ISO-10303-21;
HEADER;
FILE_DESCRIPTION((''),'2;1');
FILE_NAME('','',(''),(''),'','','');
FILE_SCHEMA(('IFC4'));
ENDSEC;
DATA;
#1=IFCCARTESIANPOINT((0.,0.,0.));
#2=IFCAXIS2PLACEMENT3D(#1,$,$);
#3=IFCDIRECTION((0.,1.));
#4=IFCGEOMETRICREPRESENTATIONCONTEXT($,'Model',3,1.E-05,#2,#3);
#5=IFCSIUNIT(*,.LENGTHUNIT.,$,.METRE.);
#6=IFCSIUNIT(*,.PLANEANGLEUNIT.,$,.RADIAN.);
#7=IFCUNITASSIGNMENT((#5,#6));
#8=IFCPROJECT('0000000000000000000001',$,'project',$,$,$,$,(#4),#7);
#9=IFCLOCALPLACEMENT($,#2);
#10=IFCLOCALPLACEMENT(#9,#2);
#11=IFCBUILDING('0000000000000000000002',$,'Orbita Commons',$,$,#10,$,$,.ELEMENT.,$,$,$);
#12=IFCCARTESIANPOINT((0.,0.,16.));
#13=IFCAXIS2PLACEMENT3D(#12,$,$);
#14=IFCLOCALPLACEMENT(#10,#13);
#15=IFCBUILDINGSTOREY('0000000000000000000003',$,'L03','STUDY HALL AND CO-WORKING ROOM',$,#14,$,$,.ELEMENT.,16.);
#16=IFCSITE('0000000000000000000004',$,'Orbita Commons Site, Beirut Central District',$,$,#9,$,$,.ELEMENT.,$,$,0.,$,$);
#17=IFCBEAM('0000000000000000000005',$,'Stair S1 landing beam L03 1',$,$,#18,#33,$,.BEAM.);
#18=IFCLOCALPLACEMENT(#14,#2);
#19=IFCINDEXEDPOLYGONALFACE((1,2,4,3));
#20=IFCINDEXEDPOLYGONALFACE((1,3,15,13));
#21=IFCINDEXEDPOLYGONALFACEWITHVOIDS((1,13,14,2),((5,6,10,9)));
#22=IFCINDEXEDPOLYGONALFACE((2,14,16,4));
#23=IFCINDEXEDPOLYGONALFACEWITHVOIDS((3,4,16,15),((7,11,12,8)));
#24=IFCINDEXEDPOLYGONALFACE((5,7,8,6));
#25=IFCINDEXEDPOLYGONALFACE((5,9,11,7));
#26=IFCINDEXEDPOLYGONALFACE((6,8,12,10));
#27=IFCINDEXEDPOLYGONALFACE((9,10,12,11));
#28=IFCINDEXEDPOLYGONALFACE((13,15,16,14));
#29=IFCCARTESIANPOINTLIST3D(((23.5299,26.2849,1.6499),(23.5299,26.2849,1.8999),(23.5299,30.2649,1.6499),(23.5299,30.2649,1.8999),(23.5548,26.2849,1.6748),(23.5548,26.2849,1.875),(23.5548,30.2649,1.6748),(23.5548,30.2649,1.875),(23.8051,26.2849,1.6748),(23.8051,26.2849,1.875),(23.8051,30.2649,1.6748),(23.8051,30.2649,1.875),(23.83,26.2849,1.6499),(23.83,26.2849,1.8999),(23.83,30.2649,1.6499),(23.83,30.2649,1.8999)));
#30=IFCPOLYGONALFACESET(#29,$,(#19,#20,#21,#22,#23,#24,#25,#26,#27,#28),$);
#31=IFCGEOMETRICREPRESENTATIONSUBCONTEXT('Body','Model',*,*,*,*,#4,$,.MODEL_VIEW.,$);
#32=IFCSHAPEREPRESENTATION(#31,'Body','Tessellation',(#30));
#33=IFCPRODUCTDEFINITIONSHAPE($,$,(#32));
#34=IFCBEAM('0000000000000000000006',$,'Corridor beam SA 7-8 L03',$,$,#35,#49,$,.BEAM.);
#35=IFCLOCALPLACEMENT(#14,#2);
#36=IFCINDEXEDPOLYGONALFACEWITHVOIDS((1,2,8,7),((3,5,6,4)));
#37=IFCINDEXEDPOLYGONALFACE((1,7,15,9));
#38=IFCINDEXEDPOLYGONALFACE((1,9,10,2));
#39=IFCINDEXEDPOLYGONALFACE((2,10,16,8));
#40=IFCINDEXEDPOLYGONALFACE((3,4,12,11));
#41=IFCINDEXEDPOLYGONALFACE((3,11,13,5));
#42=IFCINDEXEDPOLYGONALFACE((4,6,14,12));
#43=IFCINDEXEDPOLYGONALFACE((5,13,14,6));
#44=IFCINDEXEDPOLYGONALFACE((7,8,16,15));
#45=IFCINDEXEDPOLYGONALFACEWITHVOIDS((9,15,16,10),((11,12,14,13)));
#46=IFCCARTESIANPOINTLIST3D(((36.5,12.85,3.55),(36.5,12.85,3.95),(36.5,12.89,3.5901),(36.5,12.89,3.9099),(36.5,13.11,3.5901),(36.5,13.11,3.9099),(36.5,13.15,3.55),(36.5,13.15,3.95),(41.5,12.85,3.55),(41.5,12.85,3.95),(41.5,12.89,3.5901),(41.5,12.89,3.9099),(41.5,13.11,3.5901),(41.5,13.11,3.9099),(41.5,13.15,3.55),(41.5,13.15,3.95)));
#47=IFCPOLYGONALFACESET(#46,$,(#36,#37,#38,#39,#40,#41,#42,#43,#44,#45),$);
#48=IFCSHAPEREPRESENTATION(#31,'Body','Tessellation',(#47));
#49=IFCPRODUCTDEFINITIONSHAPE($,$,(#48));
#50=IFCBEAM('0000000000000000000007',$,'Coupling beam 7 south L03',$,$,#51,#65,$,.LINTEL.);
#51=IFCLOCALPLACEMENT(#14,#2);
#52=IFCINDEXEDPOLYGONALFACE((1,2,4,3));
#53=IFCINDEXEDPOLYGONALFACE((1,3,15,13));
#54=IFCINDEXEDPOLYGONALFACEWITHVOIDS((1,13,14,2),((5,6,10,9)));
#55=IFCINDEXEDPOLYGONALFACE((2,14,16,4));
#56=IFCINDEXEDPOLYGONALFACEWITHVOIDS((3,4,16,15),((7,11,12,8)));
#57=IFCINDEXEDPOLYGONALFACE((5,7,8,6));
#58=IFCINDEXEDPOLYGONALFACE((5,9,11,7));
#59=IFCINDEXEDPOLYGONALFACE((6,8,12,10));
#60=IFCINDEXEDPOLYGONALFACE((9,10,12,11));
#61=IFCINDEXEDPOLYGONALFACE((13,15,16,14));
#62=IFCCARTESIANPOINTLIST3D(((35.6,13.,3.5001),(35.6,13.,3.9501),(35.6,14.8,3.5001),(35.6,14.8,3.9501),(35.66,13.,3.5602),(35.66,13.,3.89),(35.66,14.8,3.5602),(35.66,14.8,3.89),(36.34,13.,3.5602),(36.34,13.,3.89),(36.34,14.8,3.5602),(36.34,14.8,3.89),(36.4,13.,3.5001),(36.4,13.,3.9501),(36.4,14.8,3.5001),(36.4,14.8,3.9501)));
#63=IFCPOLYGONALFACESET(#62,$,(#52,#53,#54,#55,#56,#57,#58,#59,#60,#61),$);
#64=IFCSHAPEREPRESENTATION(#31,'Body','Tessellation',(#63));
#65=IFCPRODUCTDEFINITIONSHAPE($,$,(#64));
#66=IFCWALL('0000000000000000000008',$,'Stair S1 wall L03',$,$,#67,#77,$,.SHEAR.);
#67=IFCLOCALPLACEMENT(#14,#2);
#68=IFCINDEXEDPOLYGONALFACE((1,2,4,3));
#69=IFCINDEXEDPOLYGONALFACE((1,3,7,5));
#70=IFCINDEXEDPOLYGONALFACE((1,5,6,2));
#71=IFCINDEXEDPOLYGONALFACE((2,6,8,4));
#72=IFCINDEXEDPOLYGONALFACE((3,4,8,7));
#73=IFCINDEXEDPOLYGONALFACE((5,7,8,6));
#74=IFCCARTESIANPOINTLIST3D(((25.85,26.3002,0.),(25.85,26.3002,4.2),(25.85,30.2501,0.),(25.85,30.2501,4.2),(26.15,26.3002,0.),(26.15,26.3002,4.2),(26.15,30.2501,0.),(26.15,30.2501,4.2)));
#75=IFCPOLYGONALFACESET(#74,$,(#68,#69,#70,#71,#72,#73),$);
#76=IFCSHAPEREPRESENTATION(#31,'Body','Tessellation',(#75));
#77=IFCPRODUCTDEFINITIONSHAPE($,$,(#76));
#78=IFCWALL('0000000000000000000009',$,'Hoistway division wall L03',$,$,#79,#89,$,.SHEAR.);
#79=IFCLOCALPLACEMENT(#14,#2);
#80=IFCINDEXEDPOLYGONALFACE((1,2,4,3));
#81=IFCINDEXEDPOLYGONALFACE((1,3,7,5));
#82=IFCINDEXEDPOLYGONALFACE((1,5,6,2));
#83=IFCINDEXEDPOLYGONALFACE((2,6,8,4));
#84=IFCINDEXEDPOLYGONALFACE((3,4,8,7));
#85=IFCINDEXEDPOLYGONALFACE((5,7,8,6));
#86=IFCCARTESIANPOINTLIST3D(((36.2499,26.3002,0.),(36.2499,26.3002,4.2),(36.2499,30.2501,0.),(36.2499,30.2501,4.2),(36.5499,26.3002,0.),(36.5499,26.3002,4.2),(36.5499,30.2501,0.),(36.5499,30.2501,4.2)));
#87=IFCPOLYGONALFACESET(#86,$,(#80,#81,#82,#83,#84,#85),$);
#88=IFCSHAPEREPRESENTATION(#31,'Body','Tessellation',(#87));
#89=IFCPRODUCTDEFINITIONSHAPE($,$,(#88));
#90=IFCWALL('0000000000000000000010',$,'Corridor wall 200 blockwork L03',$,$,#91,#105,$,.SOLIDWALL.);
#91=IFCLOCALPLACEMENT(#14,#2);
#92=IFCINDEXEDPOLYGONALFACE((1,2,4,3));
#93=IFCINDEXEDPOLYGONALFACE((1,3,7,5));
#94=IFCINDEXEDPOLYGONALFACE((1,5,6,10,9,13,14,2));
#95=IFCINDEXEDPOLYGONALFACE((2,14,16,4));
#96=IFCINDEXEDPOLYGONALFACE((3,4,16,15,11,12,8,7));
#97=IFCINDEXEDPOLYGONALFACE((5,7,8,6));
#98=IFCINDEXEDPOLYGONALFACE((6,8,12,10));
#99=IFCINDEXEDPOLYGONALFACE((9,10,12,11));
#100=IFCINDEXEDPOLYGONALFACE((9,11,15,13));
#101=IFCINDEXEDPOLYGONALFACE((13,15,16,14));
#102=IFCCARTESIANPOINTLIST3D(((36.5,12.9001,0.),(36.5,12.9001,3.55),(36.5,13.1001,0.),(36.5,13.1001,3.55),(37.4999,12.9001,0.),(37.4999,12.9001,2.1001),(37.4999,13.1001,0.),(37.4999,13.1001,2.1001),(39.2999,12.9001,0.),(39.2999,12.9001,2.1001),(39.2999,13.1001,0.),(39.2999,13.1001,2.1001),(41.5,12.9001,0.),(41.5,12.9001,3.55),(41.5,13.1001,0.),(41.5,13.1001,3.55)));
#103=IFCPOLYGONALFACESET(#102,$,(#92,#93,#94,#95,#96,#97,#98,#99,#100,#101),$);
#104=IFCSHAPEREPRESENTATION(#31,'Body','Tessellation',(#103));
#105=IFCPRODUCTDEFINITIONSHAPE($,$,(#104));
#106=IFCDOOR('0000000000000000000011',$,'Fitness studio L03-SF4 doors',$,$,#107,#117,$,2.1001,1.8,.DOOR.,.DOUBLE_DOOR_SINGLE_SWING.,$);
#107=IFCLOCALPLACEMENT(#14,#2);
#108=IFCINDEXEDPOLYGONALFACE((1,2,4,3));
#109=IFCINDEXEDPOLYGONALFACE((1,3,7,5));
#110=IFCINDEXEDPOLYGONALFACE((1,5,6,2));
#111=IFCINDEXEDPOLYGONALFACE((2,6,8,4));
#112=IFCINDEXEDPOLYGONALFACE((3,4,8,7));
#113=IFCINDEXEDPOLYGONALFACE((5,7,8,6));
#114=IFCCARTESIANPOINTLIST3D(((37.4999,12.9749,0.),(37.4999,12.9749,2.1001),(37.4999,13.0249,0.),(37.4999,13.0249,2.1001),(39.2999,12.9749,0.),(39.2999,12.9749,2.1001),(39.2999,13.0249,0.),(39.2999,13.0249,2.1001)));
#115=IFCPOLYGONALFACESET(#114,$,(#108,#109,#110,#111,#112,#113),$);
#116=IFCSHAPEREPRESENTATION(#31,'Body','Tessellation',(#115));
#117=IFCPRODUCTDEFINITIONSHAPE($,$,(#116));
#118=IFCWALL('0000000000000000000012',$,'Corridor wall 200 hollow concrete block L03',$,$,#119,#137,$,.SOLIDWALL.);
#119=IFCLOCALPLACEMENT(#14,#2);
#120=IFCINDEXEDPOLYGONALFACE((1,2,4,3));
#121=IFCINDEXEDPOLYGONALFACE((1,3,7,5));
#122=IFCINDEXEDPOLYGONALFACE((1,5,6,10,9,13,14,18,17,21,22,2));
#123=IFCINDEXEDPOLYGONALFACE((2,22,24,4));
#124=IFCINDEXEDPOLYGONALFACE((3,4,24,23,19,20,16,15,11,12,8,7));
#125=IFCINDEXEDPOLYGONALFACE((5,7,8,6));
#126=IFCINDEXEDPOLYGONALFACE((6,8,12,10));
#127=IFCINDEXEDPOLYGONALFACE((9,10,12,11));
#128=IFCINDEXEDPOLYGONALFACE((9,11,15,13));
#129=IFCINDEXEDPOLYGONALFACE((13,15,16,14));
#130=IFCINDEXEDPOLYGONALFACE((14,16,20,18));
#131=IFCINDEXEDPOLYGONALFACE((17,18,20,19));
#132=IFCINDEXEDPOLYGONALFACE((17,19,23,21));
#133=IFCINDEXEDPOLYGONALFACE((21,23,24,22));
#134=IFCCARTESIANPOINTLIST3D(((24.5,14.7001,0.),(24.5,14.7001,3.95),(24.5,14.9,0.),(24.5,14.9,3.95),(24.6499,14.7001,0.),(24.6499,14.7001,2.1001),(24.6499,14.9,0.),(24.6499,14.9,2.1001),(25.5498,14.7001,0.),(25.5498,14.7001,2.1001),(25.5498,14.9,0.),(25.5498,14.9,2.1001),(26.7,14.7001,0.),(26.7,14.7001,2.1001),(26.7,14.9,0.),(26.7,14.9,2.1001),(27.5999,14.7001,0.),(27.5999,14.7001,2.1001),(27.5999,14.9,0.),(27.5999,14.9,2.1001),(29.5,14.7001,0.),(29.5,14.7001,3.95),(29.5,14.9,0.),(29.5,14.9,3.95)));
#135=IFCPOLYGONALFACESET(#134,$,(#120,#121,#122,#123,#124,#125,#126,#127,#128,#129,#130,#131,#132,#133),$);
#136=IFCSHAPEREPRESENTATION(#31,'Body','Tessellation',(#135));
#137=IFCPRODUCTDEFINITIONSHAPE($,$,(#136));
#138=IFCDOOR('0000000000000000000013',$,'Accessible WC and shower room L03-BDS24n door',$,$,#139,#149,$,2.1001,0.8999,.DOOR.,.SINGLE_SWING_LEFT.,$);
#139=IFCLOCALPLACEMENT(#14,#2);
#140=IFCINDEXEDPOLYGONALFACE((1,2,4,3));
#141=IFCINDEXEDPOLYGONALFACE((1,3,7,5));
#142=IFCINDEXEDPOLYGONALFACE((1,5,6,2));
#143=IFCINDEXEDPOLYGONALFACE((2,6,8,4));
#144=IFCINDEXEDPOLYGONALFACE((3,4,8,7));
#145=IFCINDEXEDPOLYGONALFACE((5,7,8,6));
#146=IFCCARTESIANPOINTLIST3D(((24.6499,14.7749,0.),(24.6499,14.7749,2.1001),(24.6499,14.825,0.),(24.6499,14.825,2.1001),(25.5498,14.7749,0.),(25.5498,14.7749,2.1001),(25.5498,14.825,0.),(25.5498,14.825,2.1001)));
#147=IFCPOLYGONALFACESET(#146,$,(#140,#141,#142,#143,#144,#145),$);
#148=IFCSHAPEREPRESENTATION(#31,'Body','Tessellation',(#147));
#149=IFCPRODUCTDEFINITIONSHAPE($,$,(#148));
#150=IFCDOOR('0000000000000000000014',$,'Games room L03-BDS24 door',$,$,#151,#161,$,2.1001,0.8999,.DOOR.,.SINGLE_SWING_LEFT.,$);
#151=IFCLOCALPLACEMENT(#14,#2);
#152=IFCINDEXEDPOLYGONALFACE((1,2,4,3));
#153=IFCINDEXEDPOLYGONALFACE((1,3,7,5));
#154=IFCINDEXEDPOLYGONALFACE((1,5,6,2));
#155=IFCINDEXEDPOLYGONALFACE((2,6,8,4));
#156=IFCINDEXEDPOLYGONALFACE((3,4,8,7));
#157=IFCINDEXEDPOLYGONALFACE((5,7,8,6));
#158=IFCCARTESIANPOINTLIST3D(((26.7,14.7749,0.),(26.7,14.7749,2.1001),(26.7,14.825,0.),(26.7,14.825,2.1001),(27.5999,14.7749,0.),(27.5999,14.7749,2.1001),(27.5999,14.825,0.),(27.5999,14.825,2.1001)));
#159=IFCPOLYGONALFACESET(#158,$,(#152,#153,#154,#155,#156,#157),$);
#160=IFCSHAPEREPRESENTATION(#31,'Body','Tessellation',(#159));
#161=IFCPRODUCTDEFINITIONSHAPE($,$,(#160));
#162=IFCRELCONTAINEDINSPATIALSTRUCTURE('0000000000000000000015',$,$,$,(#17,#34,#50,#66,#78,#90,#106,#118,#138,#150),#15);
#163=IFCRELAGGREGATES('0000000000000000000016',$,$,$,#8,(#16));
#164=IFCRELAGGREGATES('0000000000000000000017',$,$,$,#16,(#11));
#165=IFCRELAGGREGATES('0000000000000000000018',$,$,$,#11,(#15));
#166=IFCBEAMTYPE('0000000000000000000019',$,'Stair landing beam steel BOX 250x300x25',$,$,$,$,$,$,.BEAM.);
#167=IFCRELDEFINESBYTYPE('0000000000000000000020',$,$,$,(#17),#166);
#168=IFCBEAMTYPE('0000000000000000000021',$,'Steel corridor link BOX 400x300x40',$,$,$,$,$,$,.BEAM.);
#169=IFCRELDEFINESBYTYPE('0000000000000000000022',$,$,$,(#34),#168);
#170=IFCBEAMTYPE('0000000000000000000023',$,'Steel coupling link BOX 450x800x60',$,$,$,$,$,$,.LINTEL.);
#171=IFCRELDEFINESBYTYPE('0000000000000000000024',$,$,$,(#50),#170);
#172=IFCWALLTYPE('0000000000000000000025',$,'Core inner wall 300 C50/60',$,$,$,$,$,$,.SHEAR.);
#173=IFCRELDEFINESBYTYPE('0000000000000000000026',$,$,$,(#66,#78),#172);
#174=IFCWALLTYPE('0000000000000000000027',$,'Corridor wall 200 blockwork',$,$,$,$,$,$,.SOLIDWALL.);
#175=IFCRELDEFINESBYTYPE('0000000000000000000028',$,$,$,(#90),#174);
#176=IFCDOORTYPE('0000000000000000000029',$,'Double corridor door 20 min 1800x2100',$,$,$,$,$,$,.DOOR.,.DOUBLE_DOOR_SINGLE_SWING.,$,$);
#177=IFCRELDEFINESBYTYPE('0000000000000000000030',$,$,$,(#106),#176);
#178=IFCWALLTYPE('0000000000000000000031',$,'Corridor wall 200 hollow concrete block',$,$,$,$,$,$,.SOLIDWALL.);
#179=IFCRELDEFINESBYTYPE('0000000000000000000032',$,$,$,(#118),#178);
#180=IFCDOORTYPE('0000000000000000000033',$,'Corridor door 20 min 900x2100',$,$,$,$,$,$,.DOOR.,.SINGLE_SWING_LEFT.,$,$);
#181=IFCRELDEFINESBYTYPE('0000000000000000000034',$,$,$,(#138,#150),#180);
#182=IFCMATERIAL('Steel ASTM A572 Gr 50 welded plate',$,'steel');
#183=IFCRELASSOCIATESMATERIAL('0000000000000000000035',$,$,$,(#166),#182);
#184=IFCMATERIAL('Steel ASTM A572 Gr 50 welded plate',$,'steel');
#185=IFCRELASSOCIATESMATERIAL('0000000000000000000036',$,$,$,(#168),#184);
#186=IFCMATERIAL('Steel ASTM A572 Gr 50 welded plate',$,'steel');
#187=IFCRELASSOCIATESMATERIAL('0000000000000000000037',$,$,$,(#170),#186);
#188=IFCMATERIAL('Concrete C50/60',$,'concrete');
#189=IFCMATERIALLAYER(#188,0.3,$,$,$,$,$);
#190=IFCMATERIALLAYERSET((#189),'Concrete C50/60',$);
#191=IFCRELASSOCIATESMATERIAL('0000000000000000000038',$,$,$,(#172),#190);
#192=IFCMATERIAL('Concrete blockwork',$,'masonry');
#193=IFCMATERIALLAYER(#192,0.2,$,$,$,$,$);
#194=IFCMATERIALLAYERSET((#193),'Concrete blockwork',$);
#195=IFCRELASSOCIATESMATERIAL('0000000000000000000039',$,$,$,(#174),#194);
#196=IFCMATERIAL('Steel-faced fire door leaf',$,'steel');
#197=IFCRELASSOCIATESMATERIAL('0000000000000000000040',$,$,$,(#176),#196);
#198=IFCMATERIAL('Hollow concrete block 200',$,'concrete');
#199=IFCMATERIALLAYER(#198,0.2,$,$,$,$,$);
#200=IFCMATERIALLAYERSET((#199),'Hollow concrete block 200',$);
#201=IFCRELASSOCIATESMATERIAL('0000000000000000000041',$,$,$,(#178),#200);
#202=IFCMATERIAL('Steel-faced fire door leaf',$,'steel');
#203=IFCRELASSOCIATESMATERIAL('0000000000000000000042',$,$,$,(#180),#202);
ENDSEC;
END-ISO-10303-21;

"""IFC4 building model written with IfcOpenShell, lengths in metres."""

from ifc_helpers import new_model, si_unit, direction, frame, frame_2d, origin, origin_2d, place, context, subcontext, project, spatial, polyline, rectangle, hollow_rectangle, outline, extrude, material, layer, layer_set, material_profile, profile_set, type_object, element, fill, save


model = new_model("IFC4")

# Units and contexts
model_context = context("Model", 3, precision=1e-05, world=origin(), true_north=direction((0.0, 1.0)))
body_context = subcontext(model_context, "Body", "Model", "MODEL_VIEW")
ifc_project = project(units=[si_unit("LENGTHUNIT", "METRE"), si_unit("PLANEANGLEUNIT", "RADIAN")], contexts=[model_context])

# Site, building, storey
site_placement = place(None, origin())
site = spatial("IfcSite", under=ifc_project, at=site_placement, Name="Orbita Commons Site, Beirut Central District", CompositionType="ELEMENT", RefElevation=0.0)
building_placement = place(site_placement, origin())
building = spatial("IfcBuilding", under=site, at=building_placement, Name="Orbita Commons", CompositionType="ELEMENT")
storey_placement = place(building_placement, frame((0.0, 0.0, 16.0)))
storey = spatial("IfcBuildingStorey", under=building, at=storey_placement, Name="L03", Description="STUDY HALL AND CO-WORKING ROOM", CompositionType="ELEMENT", Elevation=16.0)

# Beams
ifc_material_1 = material(Name="Steel ASTM A572 Gr 50 welded plate", Category="steel")
ifc_material_profile_1 = material_profile(ifc_material_1, hollow_rectangle(XDim=0.3, YDim=0.25, WallThickness=0.0249, at=origin_2d()), Name="BOX 250x300x25")
ifc_profile_set_1 = profile_set([ifc_material_profile_1], Name="Steel ASTM A572 Gr 50 welded plate")
beam_type_1 = type_object("IfcBeamType", Name="Stair landing beam steel BOX 250x300x25", PredefinedType="BEAM", material=ifc_profile_set_1)
beam_1_placement = place(storey_placement, frame((23.6799, 26.2849, 1.7749), z_axis=(0.0, 1.0, 0.0), x_axis=(-1.0, 0.0, 0.0)))
element("IfcBeam", 1, at=beam_1_placement, inside=storey, type_object=beam_type_1, Name="Stair S1 landing beam L03 1", PredefinedType="BEAM", context=body_context, shape_type="SweptSolid", body=[
    extrude(hollow_rectangle(XDim=0.3, YDim=0.25, WallThickness=0.0249, at=origin_2d()), origin(), (0.0, 0.0, 1.0), 3.98),
])
ifc_material_2 = material(Name="Steel ASTM A572 Gr 50 welded plate", Category="steel")
ifc_material_profile_2 = material_profile(ifc_material_2, hollow_rectangle(XDim=0.3, YDim=0.3999, WallThickness=0.04, at=origin_2d()), Name="BOX 400x300x40")
ifc_profile_set_2 = profile_set([ifc_material_profile_2], Name="Steel ASTM A572 Gr 50 welded plate")
beam_type_2 = type_object("IfcBeamType", Name="Steel corridor link BOX 400x300x40", PredefinedType="BEAM", material=ifc_profile_set_2)
beam_2_placement = place(storey_placement, frame((36.5, 13.0, 3.75), z_axis=(1.0, 0.0, 0.0), x_axis=(0.0, 1.0, 0.0)))
element("IfcBeam", 2, at=beam_2_placement, inside=storey, type_object=beam_type_2, Name="Corridor beam SA 7-8 L03", PredefinedType="BEAM", context=body_context, shape_type="SweptSolid", body=[
    extrude(hollow_rectangle(XDim=0.3, YDim=0.3999, WallThickness=0.04, at=origin_2d()), origin(), (0.0, 0.0, 1.0), 5.0),
])
ifc_material_3 = material(Name="Steel ASTM A572 Gr 50 welded plate", Category="steel")
ifc_material_profile_3 = material_profile(ifc_material_3, hollow_rectangle(XDim=0.8, YDim=0.45, WallThickness=0.0601, at=origin_2d()), Name="BOX 450x800x60")
ifc_profile_set_3 = profile_set([ifc_material_profile_3], Name="Steel ASTM A572 Gr 50 welded plate")
beam_type_3 = type_object("IfcBeamType", Name="Steel coupling link BOX 450x800x60", PredefinedType="LINTEL", material=ifc_profile_set_3)
beam_3_placement = place(storey_placement, frame((36.0, 13.0, 3.7251), z_axis=(0.0, 1.0, 0.0), x_axis=(-1.0, 0.0, 0.0)))
element("IfcBeam", 3, at=beam_3_placement, inside=storey, type_object=beam_type_3, Name="Coupling beam 7 south L03", PredefinedType="LINTEL", context=body_context, shape_type="SweptSolid", body=[
    extrude(hollow_rectangle(XDim=0.8, YDim=0.45, WallThickness=0.0601, at=origin_2d()), origin(), (0.0, 0.0, 1.0), 1.8),
])

# Walls
ifc_material_4 = material(Name="Concrete C50/60", Category="concrete")
ifc_layer_1 = layer(ifc_material_4, 0.3)
ifc_layer_set_1 = layer_set([ifc_layer_1], Name="Concrete C50/60")
wall_type_1 = type_object("IfcWallType", Name="Core inner wall 300 C50/60", PredefinedType="SHEAR", material=ifc_layer_set_1)
for number, where, z_axis, x_axis, name in (
    (4, (26.0, 26.3, 0.0), (0.0, 0.0, 1.0), (0.0, 1.0, 0.0), "Stair S1 wall L03"),
    (5, (36.3999, 26.3, 0.0), (0.0, 0.0, 1.0), (0.0, 1.0, 0.0), "Hoistway division wall L03"),
):
    element("IfcWall", number, at=place(storey_placement, frame(where, z_axis=z_axis, x_axis=x_axis)), inside=storey, type_object=wall_type_1, Name=name, PredefinedType="SHEAR", context=body_context, shape_type="SweptSolid", body=[
        extrude(rectangle(XDim=3.95, YDim=0.3, at=frame_2d((1.9751, 0.0))), origin(), (0.0, 0.0, 1.0), 4.2),
    ])

# Wall, opening, door
ifc_material_5 = material(Name="Concrete blockwork", Category="masonry")
ifc_layer_2 = layer(ifc_material_5, 0.2)
ifc_layer_set_2 = layer_set([ifc_layer_2], Name="Concrete blockwork")
wall_type_2 = type_object("IfcWallType", Name="Corridor wall 200 blockwork", PredefinedType="SOLIDWALL", material=ifc_layer_set_2)
wall_1_placement = place(storey_placement, frame((36.5, 13.0, 0.0), z_axis=(0.0, 0.0, 1.0), x_axis=(1.0, 0.0, 0.0)))
wall_1 = element("IfcWall", 6, at=wall_1_placement, inside=storey, type_object=wall_type_2, Name="Corridor wall 200 blockwork L03", PredefinedType="SOLIDWALL", context=body_context, shape_type="SweptSolid", body=[
    extrude(outline(polyline([(0.0, 0.0), (5.0, 0.0), (5.0, 3.55), (0.0, 3.55), (0.0, 0.0)])), frame((0.0, 0.1001, 0.0), z_axis=(0.0, -1.0, 0.0), x_axis=(1.0, 0.0, 0.0)), (0.0, 0.0, 1.0), 0.2),
])
opening_1_placement = place(wall_1_placement, frame((1.0, 0.0, 0.0)))
opening_1 = element("IfcOpeningElement", 7, at=opening_1_placement, cuts=wall_1, PredefinedType="OPENING", context=body_context, shape_type="SweptSolid", body=[
    extrude(rectangle(XDim=1.8, YDim=2.1001, at=frame_2d((0.8999, 1.05))), frame((0.0, 0.1099, 0.0), z_axis=(0.0, -1.0, 0.0), x_axis=(1.0, 0.0, 0.0)), (0.0, 0.0, 1.0), 0.22),
])
ifc_material_6 = material(Name="Steel-faced fire door leaf", Category="steel")
door_type_1 = type_object("IfcDoorType", Name="Double corridor door 20 min 1800x2100", OperationType="DOUBLE_DOOR_SINGLE_SWING", PredefinedType="DOOR", material=ifc_material_6)
door_1_placement = place(opening_1_placement, origin())
door_1 = element("IfcDoor", 8, at=door_1_placement, inside=storey, type_object=door_type_1, Name="Fitness studio L03-SF4 doors", OperationType="DOUBLE_DOOR_SINGLE_SWING", OverallHeight=2.1001, OverallWidth=1.8, PredefinedType="DOOR", context=body_context, shape_type="SweptSolid", body=[
    extrude(rectangle(XDim=1.8, YDim=2.1001, at=frame_2d((0.8999, 1.05))), frame((0.0, 0.0249, 0.0), z_axis=(0.0, -1.0, 0.0), x_axis=(1.0, 0.0, 0.0)), (0.0, 0.0, 1.0), 0.05),
])
fill(opening_1, door_1)

# Wall, openings, doors
ifc_material_7 = material(Name="Hollow concrete block 200", Category="concrete")
ifc_layer_3 = layer(ifc_material_7, 0.2)
ifc_layer_set_3 = layer_set([ifc_layer_3], Name="Hollow concrete block 200")
wall_type_3 = type_object("IfcWallType", Name="Corridor wall 200 hollow concrete block", PredefinedType="SOLIDWALL", material=ifc_layer_set_3)
wall_2_placement = place(storey_placement, frame((24.5, 14.8, 0.0), z_axis=(0.0, 0.0, 1.0), x_axis=(1.0, 0.0, 0.0)))
wall_2 = element("IfcWall", 9, at=wall_2_placement, inside=storey, type_object=wall_type_3, Name="Corridor wall 200 hollow concrete block L03", PredefinedType="SOLIDWALL", context=body_context, shape_type="SweptSolid", body=[
    extrude(rectangle(XDim=5.0, YDim=0.2, at=frame_2d((2.5, 0.0))), origin(), (0.0, 0.0, 1.0), 3.95),
])
opening_2_placement = place(wall_2_placement, frame((0.1499, 0.0, 0.0)))
opening_2 = element("IfcOpeningElement", 10, at=opening_2_placement, cuts=wall_2, PredefinedType="OPENING", context=body_context, shape_type="SweptSolid", body=[
    extrude(rectangle(XDim=0.8999, YDim=2.1001, at=frame_2d((0.45, 1.05))), frame((0.0, 0.1099, 0.0), z_axis=(0.0, -1.0, 0.0), x_axis=(1.0, 0.0, 0.0)), (0.0, 0.0, 1.0), 0.22),
])
opening_3_placement = place(wall_2_placement, frame((2.2, 0.0, 0.0)))
opening_3 = element("IfcOpeningElement", 11, at=opening_3_placement, cuts=wall_2, PredefinedType="OPENING", context=body_context, shape_type="SweptSolid", body=[
    extrude(rectangle(XDim=0.8999, YDim=2.1001, at=frame_2d((0.45, 1.05))), frame((0.0, 0.1099, 0.0), z_axis=(0.0, -1.0, 0.0), x_axis=(1.0, 0.0, 0.0)), (0.0, 0.0, 1.0), 0.22),
])
ifc_material_8 = material(Name="Steel-faced fire door leaf", Category="steel")
door_type_2 = type_object("IfcDoorType", Name="Corridor door 20 min 900x2100", OperationType="SINGLE_SWING_LEFT", PredefinedType="DOOR", material=ifc_material_8)
door_2_placement = place(opening_2_placement, origin())
door_2 = element("IfcDoor", 12, at=door_2_placement, inside=storey, type_object=door_type_2, Name="Accessible WC and shower room L03-BDS24n door", OperationType="SINGLE_SWING_LEFT", OverallHeight=2.1001, OverallWidth=0.8999, PredefinedType="DOOR", context=body_context, shape_type="SweptSolid", body=[
    extrude(rectangle(XDim=0.8999, YDim=2.1001, at=frame_2d((0.45, 1.05))), frame((0.0, 0.0249, 0.0), z_axis=(0.0, -1.0, 0.0), x_axis=(1.0, 0.0, 0.0)), (0.0, 0.0, 1.0), 0.05),
])
fill(opening_2, door_2)
door_3_placement = place(opening_3_placement, origin())
door_3 = element("IfcDoor", 13, at=door_3_placement, inside=storey, type_object=door_type_2, Name="Games room L03-BDS24 door", OperationType="SINGLE_SWING_LEFT", OverallHeight=2.1001, OverallWidth=0.8999, PredefinedType="DOOR", context=body_context, shape_type="SweptSolid", body=[
    extrude(rectangle(XDim=0.8999, YDim=2.1001, at=frame_2d((0.45, 1.05))), frame((0.0, 0.0249, 0.0), z_axis=(0.0, -1.0, 0.0), x_axis=(1.0, 0.0, 0.0)), (0.0, 0.0, 1.0), 0.05),
])
fill(opening_3, door_3)

save(model, "model.ifc")
